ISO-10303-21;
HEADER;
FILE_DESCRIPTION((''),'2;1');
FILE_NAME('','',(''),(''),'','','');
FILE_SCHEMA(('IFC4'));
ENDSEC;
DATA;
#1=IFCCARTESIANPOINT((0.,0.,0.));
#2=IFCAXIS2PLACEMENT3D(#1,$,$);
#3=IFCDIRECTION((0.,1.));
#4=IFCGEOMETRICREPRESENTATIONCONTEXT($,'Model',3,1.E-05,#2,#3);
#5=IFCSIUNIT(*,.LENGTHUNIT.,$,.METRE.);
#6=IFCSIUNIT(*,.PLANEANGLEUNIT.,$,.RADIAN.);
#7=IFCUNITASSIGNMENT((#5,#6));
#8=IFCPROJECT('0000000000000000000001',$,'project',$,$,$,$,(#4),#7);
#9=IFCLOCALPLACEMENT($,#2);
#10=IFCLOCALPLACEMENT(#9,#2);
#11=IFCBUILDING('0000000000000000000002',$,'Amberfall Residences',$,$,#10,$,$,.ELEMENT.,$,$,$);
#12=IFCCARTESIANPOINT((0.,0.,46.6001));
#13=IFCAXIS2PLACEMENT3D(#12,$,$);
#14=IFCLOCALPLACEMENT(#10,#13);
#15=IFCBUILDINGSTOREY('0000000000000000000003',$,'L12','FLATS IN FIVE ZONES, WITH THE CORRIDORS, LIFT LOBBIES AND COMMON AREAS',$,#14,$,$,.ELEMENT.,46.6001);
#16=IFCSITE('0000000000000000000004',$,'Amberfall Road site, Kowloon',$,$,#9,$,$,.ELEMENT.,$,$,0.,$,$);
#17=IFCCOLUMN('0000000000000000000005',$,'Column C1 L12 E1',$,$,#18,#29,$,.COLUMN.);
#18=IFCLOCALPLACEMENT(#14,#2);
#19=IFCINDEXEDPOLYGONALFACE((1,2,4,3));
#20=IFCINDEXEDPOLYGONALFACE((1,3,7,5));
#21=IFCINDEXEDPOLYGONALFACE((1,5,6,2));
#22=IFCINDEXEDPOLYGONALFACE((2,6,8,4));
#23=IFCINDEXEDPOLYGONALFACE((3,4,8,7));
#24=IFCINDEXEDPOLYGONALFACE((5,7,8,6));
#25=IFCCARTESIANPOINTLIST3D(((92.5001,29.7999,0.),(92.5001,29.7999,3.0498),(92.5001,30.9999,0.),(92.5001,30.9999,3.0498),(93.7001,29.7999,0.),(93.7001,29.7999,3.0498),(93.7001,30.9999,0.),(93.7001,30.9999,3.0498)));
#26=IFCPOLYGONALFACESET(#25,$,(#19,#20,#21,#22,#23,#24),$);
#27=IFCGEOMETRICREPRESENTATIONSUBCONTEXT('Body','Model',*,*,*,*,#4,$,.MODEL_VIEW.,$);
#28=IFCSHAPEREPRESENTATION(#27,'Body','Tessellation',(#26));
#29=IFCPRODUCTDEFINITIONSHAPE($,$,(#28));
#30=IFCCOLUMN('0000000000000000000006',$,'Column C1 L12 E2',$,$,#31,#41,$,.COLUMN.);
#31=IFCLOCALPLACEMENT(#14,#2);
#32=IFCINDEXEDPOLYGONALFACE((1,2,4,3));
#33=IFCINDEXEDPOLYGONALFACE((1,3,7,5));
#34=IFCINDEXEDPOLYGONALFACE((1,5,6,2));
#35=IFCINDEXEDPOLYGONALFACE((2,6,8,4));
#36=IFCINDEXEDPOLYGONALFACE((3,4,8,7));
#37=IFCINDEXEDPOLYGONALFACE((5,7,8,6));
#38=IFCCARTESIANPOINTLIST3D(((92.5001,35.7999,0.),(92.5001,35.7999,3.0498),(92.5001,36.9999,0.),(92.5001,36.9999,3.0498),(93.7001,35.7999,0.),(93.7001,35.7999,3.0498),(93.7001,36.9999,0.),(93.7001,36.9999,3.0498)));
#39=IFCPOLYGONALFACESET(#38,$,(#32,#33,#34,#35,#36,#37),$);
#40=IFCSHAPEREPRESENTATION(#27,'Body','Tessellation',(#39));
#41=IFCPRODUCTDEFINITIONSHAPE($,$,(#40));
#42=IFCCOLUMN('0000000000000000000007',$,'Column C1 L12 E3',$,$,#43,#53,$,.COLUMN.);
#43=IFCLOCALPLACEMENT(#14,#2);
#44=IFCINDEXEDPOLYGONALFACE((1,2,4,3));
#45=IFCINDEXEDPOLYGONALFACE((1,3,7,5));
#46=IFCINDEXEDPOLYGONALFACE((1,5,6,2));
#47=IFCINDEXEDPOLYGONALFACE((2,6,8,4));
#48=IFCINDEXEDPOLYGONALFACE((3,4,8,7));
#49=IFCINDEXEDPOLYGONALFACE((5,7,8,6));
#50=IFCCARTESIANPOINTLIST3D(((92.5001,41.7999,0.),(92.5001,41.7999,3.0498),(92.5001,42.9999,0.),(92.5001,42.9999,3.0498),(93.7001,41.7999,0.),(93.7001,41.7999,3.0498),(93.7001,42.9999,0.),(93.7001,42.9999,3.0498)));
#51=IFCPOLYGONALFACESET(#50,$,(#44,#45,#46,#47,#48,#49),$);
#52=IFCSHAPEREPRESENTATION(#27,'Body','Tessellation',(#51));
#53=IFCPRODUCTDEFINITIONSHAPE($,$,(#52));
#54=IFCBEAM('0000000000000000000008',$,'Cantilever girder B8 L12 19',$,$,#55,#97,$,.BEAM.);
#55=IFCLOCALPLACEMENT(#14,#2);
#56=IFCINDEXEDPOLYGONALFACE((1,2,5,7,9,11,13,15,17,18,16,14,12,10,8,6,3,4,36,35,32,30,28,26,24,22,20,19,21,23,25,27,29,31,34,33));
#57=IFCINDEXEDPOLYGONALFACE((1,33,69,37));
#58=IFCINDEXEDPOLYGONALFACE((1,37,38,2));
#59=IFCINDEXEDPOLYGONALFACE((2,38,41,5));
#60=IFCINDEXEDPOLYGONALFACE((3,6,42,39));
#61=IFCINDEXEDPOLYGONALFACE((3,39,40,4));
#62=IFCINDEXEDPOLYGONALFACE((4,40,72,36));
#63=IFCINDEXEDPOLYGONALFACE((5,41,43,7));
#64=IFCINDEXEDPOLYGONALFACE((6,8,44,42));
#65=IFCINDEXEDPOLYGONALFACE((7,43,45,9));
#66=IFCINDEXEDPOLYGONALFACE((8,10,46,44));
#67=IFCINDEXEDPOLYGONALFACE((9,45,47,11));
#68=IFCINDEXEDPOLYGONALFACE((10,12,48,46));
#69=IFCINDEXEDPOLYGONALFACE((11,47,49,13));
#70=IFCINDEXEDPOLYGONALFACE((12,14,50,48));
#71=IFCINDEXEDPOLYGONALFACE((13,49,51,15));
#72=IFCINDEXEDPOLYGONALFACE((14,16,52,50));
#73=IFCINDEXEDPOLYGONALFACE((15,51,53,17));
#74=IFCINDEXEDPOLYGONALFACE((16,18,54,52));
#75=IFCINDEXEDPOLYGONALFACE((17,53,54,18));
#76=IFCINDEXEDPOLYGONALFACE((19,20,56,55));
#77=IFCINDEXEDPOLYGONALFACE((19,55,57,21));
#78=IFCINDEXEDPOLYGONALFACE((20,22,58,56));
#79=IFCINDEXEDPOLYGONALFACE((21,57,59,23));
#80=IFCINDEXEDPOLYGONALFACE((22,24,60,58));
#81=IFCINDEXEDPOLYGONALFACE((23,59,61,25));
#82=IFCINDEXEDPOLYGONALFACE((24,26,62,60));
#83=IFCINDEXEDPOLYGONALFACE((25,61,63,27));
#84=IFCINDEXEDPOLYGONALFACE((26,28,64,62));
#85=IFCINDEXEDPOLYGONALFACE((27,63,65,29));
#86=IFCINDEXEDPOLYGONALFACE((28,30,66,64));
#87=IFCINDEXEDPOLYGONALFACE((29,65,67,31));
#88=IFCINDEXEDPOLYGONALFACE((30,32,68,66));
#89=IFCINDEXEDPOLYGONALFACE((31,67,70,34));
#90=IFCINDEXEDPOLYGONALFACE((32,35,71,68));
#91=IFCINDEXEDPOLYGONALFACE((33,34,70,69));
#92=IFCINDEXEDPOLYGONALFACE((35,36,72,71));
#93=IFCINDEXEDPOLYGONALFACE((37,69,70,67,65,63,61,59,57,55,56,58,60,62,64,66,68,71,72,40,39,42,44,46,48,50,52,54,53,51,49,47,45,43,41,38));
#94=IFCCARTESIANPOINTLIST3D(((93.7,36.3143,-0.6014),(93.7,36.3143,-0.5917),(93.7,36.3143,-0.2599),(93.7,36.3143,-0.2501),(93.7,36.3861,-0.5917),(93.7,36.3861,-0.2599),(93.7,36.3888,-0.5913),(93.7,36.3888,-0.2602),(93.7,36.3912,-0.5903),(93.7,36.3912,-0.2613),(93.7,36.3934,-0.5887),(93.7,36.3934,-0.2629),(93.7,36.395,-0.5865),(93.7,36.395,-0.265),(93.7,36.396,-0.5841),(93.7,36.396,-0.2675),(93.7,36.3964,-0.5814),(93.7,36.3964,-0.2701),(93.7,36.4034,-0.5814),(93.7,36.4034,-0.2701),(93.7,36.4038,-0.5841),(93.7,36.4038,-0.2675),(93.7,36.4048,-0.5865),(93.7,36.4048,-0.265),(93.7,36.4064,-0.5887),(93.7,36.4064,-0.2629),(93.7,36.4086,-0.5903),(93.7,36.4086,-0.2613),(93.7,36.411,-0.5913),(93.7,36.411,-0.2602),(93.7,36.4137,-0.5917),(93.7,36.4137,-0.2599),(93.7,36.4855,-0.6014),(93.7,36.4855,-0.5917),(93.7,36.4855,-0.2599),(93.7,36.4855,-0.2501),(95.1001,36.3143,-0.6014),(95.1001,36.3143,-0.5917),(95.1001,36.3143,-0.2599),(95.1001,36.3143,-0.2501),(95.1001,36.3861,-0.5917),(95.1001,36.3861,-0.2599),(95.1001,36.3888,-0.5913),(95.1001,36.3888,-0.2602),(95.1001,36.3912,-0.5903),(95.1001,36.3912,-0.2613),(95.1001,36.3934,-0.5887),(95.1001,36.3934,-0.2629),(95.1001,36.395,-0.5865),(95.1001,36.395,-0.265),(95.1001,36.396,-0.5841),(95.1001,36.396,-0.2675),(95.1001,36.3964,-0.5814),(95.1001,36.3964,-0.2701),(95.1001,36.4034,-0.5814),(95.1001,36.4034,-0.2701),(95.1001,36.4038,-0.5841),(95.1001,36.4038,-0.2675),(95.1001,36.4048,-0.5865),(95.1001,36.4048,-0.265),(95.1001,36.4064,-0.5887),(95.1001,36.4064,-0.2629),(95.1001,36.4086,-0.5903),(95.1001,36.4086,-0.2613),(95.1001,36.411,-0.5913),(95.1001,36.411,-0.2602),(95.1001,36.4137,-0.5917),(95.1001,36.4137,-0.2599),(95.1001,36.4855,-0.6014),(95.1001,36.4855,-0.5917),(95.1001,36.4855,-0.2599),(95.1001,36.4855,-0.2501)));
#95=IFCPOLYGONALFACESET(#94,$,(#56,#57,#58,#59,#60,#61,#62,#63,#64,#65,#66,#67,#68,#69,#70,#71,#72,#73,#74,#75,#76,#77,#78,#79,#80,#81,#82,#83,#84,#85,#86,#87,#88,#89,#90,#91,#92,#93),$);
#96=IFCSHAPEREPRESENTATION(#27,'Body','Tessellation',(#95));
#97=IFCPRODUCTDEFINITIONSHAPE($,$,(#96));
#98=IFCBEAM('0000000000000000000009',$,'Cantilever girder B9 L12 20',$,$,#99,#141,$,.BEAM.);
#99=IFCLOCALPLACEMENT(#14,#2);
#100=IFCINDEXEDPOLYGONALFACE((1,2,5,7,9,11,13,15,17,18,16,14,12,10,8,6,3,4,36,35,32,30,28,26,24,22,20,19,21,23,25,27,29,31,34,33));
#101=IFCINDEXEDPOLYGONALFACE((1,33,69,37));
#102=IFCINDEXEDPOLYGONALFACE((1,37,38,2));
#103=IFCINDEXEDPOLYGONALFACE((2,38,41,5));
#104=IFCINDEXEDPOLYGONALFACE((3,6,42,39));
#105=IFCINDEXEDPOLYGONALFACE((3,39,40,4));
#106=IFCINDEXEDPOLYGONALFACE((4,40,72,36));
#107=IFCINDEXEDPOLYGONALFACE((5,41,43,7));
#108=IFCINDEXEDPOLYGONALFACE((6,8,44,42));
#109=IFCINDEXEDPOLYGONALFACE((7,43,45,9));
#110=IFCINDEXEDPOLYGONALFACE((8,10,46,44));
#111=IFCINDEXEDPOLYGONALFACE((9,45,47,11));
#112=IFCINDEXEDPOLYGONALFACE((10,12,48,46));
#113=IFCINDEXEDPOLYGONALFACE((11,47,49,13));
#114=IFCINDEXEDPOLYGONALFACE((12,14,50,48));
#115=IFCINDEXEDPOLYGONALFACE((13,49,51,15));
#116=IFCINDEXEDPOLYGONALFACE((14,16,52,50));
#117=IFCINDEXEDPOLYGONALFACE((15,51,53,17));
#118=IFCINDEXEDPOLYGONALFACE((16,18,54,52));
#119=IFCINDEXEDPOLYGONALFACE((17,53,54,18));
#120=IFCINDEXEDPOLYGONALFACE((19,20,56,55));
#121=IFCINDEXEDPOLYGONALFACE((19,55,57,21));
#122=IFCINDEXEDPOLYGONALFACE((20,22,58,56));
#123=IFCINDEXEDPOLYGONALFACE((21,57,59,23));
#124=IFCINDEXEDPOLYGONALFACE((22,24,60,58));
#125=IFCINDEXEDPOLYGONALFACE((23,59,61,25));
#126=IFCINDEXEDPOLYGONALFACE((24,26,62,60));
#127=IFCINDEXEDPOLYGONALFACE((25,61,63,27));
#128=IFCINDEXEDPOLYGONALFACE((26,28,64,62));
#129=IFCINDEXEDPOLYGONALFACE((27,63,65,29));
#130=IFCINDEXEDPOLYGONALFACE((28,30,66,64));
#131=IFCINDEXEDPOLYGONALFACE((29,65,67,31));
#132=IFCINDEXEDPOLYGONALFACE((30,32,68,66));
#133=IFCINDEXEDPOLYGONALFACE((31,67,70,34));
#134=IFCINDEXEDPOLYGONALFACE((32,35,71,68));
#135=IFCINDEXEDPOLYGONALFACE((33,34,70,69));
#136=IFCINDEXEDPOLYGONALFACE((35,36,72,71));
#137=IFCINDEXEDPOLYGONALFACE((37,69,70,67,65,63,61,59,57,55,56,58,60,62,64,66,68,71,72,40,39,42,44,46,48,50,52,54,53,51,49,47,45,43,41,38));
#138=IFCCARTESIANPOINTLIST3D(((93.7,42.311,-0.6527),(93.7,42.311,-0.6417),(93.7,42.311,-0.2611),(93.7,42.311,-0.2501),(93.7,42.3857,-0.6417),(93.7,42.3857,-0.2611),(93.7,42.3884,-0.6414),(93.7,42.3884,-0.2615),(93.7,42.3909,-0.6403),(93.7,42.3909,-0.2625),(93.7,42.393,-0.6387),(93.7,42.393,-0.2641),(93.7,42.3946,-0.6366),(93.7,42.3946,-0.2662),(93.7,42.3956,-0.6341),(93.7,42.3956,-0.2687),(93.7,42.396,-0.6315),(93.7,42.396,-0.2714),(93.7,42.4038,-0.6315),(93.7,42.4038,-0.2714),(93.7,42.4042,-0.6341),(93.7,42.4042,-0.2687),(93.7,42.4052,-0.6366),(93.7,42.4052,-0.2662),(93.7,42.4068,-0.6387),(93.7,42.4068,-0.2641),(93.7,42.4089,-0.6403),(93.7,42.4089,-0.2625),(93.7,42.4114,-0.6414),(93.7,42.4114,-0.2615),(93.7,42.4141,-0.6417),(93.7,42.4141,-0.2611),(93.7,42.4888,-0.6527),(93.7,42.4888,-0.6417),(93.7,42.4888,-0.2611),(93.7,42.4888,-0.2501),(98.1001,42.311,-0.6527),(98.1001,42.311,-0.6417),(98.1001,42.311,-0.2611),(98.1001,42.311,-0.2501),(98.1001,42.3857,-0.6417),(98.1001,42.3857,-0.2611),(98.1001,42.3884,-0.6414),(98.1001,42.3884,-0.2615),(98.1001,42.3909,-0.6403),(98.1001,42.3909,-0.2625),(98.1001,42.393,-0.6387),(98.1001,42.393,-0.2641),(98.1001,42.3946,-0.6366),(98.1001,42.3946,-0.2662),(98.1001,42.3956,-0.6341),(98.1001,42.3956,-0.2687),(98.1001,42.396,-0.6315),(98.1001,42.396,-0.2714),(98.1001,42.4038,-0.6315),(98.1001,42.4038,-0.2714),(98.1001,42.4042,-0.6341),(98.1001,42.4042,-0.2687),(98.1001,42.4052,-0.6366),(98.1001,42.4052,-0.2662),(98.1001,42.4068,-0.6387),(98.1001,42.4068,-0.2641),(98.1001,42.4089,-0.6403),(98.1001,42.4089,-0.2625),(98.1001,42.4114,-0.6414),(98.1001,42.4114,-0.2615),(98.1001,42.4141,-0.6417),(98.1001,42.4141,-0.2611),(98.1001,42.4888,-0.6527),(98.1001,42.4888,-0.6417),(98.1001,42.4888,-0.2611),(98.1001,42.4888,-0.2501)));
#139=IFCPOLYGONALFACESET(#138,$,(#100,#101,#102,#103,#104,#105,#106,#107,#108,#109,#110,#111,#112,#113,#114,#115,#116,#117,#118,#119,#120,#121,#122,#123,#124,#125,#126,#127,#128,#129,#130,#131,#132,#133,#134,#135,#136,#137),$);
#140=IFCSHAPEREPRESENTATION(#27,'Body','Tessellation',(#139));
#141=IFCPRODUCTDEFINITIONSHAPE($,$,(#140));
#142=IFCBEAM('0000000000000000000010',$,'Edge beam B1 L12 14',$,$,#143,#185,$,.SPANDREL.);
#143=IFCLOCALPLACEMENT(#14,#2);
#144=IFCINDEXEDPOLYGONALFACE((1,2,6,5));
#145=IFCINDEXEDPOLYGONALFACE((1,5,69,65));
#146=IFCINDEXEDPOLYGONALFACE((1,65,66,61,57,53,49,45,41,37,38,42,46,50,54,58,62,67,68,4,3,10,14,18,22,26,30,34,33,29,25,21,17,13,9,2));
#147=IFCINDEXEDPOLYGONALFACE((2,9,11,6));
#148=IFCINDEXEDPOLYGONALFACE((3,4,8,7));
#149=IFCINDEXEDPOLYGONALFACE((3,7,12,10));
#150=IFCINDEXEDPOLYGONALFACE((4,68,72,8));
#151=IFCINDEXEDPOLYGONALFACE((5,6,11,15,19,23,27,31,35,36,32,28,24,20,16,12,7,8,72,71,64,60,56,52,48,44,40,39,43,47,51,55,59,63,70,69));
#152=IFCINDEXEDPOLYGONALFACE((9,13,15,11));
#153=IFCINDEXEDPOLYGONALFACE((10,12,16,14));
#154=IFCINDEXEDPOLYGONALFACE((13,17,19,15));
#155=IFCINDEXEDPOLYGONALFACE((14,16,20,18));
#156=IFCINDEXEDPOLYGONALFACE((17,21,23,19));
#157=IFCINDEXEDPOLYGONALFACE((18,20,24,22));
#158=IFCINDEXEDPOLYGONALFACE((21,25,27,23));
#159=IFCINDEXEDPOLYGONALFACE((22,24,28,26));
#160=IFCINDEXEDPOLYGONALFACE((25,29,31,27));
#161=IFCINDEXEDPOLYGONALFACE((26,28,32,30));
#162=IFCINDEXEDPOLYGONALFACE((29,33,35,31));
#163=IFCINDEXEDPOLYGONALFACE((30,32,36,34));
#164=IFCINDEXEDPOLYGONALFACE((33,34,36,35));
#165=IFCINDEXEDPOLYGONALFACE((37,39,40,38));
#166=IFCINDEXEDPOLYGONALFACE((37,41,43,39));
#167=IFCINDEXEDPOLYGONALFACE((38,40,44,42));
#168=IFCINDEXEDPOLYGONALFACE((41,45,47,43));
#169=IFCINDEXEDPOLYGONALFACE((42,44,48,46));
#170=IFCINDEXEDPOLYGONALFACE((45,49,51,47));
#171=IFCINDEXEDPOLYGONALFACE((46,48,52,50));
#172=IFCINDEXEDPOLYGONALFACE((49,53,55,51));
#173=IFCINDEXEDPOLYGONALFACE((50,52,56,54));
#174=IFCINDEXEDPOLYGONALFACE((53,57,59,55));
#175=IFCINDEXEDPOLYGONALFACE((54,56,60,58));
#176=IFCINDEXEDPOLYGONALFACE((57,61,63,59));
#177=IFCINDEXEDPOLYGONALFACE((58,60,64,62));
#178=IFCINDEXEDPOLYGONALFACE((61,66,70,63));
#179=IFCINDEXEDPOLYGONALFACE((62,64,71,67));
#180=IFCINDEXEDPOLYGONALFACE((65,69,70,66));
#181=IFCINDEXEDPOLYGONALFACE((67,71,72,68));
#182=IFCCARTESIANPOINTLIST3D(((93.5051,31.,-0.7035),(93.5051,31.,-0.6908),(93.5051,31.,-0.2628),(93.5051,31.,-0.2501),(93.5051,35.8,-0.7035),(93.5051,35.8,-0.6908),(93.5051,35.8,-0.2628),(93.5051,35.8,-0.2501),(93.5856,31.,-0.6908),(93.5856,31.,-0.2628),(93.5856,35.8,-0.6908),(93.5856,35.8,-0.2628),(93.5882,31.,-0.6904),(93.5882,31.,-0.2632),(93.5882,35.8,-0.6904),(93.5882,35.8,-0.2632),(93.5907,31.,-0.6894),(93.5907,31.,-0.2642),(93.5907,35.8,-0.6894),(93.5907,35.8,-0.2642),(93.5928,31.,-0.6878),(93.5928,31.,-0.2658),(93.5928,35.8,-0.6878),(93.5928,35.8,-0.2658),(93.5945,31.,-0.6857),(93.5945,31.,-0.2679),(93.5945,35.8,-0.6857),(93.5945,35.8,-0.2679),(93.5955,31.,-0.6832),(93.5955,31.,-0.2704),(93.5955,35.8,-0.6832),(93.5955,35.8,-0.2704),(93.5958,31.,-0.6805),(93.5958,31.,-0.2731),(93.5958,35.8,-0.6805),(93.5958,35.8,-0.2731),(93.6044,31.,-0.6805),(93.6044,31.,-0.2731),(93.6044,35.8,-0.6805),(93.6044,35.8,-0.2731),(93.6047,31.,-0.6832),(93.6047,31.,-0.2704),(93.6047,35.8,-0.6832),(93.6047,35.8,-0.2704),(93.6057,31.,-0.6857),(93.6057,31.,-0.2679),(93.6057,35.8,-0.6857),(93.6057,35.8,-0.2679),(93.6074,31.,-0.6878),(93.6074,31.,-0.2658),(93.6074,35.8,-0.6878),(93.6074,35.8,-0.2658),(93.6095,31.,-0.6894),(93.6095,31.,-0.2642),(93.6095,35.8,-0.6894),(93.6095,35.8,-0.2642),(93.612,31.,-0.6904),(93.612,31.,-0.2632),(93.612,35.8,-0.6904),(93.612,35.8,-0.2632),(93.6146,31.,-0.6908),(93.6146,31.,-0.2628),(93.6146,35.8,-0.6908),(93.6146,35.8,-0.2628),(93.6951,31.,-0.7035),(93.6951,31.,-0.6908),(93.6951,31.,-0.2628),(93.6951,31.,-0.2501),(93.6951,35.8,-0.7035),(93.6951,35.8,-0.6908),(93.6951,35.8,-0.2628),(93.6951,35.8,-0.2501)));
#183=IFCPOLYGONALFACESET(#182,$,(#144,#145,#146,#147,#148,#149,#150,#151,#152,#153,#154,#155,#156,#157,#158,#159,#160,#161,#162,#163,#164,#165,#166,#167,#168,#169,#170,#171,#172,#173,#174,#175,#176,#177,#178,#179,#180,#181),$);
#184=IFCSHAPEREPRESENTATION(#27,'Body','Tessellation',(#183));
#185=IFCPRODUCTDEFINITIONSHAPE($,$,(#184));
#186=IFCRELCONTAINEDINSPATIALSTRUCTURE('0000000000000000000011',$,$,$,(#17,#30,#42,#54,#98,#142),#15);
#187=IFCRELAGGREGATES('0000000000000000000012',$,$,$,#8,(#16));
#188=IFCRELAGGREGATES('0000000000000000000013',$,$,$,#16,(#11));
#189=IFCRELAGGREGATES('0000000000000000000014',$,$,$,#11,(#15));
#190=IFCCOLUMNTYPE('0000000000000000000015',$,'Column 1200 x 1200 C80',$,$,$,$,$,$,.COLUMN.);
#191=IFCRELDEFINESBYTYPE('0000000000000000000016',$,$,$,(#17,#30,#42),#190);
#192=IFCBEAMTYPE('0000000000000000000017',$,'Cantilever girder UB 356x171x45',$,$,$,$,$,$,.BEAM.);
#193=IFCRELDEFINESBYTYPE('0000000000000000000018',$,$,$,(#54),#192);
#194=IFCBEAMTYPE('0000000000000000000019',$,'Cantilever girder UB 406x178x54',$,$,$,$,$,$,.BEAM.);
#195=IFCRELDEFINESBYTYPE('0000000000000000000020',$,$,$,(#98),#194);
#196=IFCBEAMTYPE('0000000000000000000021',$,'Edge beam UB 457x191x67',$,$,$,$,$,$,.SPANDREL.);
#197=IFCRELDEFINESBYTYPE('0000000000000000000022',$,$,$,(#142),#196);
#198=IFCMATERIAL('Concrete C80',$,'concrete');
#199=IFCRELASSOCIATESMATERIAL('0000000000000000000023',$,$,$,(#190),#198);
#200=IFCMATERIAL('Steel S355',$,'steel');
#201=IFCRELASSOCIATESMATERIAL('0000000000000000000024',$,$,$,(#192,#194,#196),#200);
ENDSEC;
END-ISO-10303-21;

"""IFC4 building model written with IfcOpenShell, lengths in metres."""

from ifc_helpers import new_model, si_unit, direction, frame, origin, origin_2d, place, context, subcontext, project, spatial, rectangle, i_section, extrude, material, material_profile, profile_set, type_object, element, save


model = new_model("IFC4")

# Units and contexts
model_context = context("Model", 3, precision=1e-05, world=origin(), true_north=direction((0.0, 1.0)))
body_context = subcontext(model_context, "Body", "Model", "MODEL_VIEW")
ifc_project = project(units=[si_unit("LENGTHUNIT", "METRE"), si_unit("PLANEANGLEUNIT", "RADIAN")], contexts=[model_context])

# Site, building, storey
site_placement = place(None, origin())
site = spatial("IfcSite", under=ifc_project, at=site_placement, Name="Amberfall Road site, Kowloon", CompositionType="ELEMENT", RefElevation=0.0)
building_placement = place(site_placement, origin())
building = spatial("IfcBuilding", under=site, at=building_placement, Name="Amberfall Residences", CompositionType="ELEMENT")
storey_placement = place(building_placement, frame((0.0, 0.0, 46.6001)))
storey = spatial("IfcBuildingStorey", under=building, at=storey_placement, Name="L12", Description="FLATS IN FIVE ZONES, WITH THE CORRIDORS, LIFT LOBBIES AND COMMON AREAS", CompositionType="ELEMENT", Elevation=46.6001)

# Columns
ifc_material_1 = material(Name="Concrete C80", Category="concrete")
ifc_material_profile_1 = material_profile(ifc_material_1, rectangle(XDim=1.2, YDim=1.2, at=origin_2d()), Name="Column 1200 x 1200 C80")
ifc_profile_set_1 = profile_set([ifc_material_profile_1], Name="Concrete C80")
column_type = type_object("IfcColumnType", Name="Column 1200 x 1200 C80", PredefinedType="COLUMN", material=ifc_profile_set_1)
for number, where, z_axis, x_axis, name in (
    (1, (93.1001, 30.3999, 0.0), (0.0, 0.0, 1.0), (1.0, 0.0, 0.0), "Column C1 L12 E1"),
    (2, (93.1001, 36.3999, 0.0), (0.0, 0.0, 1.0), (1.0, 0.0, 0.0), "Column C1 L12 E2"),
    (3, (93.1001, 42.3999, 0.0), (0.0, 0.0, 1.0), (1.0, 0.0, 0.0), "Column C1 L12 E3"),
):
    element("IfcColumn", number, at=place(storey_placement, frame(where, z_axis=z_axis, x_axis=x_axis)), inside=storey, type_object=column_type, Name=name, PredefinedType="COLUMN", context=body_context, shape_type="SweptSolid", body=[
        extrude(rectangle(XDim=1.2, YDim=1.2, at=origin_2d()), origin(), (0.0, 0.0, 1.0), 3.0498),
    ])

# Beams
ifc_material_2 = material(Name="Steel S355", Category="steel")
ifc_material_profile_2 = material_profile(ifc_material_2, i_section(OverallWidth=0.1711, OverallDepth=0.3513, WebThickness=0.0071, FlangeThickness=0.0098, FilletRadius=0.0103, at=origin_2d()), Name="UB 356x171x45")
ifc_profile_set_2 = profile_set([ifc_material_profile_2], Name="Steel S355")
beam_type_1 = type_object("IfcBeamType", Name="Cantilever girder UB 356x171x45", PredefinedType="BEAM", material=ifc_profile_set_2)
beam_1_placement = place(storey_placement, frame((93.7, 36.3999, -0.4258), z_axis=(1.0, 0.0, 0.0), x_axis=(0.0, 1.0, 0.0)))
element("IfcBeam", 4, at=beam_1_placement, inside=storey, type_object=beam_type_1, Name="Cantilever girder B8 L12 19", PredefinedType="BEAM", context=body_context, shape_type="SweptSolid", body=[
    extrude(i_section(OverallWidth=0.1711, OverallDepth=0.3513, WebThickness=0.0071, FlangeThickness=0.0098, FilletRadius=0.0103, at=origin_2d()), origin(), (0.0, 0.0, 1.0), 1.4001),
])
ifc_material_profile_3 = material_profile(ifc_material_2, i_section(OverallWidth=0.1777, OverallDepth=0.4026, WebThickness=0.0078, FlangeThickness=0.011, FilletRadius=0.0103, at=origin_2d()), Name="UB 406x178x54")
ifc_profile_set_3 = profile_set([ifc_material_profile_3], Name="Steel S355")
beam_type_2 = type_object("IfcBeamType", Name="Cantilever girder UB 406x178x54", PredefinedType="BEAM", material=ifc_profile_set_3)
beam_2_placement = place(storey_placement, frame((93.7, 42.3999, -0.4514), z_axis=(1.0, 0.0, 0.0), x_axis=(0.0, 1.0, 0.0)))
element("IfcBeam", 5, at=beam_2_placement, inside=storey, type_object=beam_type_2, Name="Cantilever girder B9 L12 20", PredefinedType="BEAM", context=body_context, shape_type="SweptSolid", body=[
    extrude(i_section(OverallWidth=0.1777, OverallDepth=0.4026, WebThickness=0.0078, FlangeThickness=0.011, FilletRadius=0.0103, at=origin_2d()), origin(), (0.0, 0.0, 1.0), 4.4001),
])
ifc_material_profile_4 = material_profile(ifc_material_2, i_section(OverallWidth=0.1899, OverallDepth=0.4534, WebThickness=0.0085, FlangeThickness=0.0127, FilletRadius=0.0103, at=origin_2d()), Name="UB 457x191x67")
ifc_profile_set_4 = profile_set([ifc_material_profile_4], Name="Steel S355")
beam_type_3 = type_object("IfcBeamType", Name="Edge beam UB 457x191x67", PredefinedType="SPANDREL", material=ifc_profile_set_4)
beam_3_placement = place(storey_placement, frame((93.6001, 31.0, -0.4768), z_axis=(0.0, 1.0, 0.0), x_axis=(-1.0, 0.0, 0.0)))
element("IfcBeam", 6, at=beam_3_placement, inside=storey, type_object=beam_type_3, Name="Edge beam B1 L12 14", PredefinedType="SPANDREL", context=body_context, shape_type="SweptSolid", body=[
    extrude(i_section(OverallWidth=0.1899, OverallDepth=0.4534, WebThickness=0.0085, FlangeThickness=0.0127, FilletRadius=0.0103, at=origin_2d()), origin(), (0.0, 0.0, 1.0), 4.8),
])

save(model, "model.ifc")
